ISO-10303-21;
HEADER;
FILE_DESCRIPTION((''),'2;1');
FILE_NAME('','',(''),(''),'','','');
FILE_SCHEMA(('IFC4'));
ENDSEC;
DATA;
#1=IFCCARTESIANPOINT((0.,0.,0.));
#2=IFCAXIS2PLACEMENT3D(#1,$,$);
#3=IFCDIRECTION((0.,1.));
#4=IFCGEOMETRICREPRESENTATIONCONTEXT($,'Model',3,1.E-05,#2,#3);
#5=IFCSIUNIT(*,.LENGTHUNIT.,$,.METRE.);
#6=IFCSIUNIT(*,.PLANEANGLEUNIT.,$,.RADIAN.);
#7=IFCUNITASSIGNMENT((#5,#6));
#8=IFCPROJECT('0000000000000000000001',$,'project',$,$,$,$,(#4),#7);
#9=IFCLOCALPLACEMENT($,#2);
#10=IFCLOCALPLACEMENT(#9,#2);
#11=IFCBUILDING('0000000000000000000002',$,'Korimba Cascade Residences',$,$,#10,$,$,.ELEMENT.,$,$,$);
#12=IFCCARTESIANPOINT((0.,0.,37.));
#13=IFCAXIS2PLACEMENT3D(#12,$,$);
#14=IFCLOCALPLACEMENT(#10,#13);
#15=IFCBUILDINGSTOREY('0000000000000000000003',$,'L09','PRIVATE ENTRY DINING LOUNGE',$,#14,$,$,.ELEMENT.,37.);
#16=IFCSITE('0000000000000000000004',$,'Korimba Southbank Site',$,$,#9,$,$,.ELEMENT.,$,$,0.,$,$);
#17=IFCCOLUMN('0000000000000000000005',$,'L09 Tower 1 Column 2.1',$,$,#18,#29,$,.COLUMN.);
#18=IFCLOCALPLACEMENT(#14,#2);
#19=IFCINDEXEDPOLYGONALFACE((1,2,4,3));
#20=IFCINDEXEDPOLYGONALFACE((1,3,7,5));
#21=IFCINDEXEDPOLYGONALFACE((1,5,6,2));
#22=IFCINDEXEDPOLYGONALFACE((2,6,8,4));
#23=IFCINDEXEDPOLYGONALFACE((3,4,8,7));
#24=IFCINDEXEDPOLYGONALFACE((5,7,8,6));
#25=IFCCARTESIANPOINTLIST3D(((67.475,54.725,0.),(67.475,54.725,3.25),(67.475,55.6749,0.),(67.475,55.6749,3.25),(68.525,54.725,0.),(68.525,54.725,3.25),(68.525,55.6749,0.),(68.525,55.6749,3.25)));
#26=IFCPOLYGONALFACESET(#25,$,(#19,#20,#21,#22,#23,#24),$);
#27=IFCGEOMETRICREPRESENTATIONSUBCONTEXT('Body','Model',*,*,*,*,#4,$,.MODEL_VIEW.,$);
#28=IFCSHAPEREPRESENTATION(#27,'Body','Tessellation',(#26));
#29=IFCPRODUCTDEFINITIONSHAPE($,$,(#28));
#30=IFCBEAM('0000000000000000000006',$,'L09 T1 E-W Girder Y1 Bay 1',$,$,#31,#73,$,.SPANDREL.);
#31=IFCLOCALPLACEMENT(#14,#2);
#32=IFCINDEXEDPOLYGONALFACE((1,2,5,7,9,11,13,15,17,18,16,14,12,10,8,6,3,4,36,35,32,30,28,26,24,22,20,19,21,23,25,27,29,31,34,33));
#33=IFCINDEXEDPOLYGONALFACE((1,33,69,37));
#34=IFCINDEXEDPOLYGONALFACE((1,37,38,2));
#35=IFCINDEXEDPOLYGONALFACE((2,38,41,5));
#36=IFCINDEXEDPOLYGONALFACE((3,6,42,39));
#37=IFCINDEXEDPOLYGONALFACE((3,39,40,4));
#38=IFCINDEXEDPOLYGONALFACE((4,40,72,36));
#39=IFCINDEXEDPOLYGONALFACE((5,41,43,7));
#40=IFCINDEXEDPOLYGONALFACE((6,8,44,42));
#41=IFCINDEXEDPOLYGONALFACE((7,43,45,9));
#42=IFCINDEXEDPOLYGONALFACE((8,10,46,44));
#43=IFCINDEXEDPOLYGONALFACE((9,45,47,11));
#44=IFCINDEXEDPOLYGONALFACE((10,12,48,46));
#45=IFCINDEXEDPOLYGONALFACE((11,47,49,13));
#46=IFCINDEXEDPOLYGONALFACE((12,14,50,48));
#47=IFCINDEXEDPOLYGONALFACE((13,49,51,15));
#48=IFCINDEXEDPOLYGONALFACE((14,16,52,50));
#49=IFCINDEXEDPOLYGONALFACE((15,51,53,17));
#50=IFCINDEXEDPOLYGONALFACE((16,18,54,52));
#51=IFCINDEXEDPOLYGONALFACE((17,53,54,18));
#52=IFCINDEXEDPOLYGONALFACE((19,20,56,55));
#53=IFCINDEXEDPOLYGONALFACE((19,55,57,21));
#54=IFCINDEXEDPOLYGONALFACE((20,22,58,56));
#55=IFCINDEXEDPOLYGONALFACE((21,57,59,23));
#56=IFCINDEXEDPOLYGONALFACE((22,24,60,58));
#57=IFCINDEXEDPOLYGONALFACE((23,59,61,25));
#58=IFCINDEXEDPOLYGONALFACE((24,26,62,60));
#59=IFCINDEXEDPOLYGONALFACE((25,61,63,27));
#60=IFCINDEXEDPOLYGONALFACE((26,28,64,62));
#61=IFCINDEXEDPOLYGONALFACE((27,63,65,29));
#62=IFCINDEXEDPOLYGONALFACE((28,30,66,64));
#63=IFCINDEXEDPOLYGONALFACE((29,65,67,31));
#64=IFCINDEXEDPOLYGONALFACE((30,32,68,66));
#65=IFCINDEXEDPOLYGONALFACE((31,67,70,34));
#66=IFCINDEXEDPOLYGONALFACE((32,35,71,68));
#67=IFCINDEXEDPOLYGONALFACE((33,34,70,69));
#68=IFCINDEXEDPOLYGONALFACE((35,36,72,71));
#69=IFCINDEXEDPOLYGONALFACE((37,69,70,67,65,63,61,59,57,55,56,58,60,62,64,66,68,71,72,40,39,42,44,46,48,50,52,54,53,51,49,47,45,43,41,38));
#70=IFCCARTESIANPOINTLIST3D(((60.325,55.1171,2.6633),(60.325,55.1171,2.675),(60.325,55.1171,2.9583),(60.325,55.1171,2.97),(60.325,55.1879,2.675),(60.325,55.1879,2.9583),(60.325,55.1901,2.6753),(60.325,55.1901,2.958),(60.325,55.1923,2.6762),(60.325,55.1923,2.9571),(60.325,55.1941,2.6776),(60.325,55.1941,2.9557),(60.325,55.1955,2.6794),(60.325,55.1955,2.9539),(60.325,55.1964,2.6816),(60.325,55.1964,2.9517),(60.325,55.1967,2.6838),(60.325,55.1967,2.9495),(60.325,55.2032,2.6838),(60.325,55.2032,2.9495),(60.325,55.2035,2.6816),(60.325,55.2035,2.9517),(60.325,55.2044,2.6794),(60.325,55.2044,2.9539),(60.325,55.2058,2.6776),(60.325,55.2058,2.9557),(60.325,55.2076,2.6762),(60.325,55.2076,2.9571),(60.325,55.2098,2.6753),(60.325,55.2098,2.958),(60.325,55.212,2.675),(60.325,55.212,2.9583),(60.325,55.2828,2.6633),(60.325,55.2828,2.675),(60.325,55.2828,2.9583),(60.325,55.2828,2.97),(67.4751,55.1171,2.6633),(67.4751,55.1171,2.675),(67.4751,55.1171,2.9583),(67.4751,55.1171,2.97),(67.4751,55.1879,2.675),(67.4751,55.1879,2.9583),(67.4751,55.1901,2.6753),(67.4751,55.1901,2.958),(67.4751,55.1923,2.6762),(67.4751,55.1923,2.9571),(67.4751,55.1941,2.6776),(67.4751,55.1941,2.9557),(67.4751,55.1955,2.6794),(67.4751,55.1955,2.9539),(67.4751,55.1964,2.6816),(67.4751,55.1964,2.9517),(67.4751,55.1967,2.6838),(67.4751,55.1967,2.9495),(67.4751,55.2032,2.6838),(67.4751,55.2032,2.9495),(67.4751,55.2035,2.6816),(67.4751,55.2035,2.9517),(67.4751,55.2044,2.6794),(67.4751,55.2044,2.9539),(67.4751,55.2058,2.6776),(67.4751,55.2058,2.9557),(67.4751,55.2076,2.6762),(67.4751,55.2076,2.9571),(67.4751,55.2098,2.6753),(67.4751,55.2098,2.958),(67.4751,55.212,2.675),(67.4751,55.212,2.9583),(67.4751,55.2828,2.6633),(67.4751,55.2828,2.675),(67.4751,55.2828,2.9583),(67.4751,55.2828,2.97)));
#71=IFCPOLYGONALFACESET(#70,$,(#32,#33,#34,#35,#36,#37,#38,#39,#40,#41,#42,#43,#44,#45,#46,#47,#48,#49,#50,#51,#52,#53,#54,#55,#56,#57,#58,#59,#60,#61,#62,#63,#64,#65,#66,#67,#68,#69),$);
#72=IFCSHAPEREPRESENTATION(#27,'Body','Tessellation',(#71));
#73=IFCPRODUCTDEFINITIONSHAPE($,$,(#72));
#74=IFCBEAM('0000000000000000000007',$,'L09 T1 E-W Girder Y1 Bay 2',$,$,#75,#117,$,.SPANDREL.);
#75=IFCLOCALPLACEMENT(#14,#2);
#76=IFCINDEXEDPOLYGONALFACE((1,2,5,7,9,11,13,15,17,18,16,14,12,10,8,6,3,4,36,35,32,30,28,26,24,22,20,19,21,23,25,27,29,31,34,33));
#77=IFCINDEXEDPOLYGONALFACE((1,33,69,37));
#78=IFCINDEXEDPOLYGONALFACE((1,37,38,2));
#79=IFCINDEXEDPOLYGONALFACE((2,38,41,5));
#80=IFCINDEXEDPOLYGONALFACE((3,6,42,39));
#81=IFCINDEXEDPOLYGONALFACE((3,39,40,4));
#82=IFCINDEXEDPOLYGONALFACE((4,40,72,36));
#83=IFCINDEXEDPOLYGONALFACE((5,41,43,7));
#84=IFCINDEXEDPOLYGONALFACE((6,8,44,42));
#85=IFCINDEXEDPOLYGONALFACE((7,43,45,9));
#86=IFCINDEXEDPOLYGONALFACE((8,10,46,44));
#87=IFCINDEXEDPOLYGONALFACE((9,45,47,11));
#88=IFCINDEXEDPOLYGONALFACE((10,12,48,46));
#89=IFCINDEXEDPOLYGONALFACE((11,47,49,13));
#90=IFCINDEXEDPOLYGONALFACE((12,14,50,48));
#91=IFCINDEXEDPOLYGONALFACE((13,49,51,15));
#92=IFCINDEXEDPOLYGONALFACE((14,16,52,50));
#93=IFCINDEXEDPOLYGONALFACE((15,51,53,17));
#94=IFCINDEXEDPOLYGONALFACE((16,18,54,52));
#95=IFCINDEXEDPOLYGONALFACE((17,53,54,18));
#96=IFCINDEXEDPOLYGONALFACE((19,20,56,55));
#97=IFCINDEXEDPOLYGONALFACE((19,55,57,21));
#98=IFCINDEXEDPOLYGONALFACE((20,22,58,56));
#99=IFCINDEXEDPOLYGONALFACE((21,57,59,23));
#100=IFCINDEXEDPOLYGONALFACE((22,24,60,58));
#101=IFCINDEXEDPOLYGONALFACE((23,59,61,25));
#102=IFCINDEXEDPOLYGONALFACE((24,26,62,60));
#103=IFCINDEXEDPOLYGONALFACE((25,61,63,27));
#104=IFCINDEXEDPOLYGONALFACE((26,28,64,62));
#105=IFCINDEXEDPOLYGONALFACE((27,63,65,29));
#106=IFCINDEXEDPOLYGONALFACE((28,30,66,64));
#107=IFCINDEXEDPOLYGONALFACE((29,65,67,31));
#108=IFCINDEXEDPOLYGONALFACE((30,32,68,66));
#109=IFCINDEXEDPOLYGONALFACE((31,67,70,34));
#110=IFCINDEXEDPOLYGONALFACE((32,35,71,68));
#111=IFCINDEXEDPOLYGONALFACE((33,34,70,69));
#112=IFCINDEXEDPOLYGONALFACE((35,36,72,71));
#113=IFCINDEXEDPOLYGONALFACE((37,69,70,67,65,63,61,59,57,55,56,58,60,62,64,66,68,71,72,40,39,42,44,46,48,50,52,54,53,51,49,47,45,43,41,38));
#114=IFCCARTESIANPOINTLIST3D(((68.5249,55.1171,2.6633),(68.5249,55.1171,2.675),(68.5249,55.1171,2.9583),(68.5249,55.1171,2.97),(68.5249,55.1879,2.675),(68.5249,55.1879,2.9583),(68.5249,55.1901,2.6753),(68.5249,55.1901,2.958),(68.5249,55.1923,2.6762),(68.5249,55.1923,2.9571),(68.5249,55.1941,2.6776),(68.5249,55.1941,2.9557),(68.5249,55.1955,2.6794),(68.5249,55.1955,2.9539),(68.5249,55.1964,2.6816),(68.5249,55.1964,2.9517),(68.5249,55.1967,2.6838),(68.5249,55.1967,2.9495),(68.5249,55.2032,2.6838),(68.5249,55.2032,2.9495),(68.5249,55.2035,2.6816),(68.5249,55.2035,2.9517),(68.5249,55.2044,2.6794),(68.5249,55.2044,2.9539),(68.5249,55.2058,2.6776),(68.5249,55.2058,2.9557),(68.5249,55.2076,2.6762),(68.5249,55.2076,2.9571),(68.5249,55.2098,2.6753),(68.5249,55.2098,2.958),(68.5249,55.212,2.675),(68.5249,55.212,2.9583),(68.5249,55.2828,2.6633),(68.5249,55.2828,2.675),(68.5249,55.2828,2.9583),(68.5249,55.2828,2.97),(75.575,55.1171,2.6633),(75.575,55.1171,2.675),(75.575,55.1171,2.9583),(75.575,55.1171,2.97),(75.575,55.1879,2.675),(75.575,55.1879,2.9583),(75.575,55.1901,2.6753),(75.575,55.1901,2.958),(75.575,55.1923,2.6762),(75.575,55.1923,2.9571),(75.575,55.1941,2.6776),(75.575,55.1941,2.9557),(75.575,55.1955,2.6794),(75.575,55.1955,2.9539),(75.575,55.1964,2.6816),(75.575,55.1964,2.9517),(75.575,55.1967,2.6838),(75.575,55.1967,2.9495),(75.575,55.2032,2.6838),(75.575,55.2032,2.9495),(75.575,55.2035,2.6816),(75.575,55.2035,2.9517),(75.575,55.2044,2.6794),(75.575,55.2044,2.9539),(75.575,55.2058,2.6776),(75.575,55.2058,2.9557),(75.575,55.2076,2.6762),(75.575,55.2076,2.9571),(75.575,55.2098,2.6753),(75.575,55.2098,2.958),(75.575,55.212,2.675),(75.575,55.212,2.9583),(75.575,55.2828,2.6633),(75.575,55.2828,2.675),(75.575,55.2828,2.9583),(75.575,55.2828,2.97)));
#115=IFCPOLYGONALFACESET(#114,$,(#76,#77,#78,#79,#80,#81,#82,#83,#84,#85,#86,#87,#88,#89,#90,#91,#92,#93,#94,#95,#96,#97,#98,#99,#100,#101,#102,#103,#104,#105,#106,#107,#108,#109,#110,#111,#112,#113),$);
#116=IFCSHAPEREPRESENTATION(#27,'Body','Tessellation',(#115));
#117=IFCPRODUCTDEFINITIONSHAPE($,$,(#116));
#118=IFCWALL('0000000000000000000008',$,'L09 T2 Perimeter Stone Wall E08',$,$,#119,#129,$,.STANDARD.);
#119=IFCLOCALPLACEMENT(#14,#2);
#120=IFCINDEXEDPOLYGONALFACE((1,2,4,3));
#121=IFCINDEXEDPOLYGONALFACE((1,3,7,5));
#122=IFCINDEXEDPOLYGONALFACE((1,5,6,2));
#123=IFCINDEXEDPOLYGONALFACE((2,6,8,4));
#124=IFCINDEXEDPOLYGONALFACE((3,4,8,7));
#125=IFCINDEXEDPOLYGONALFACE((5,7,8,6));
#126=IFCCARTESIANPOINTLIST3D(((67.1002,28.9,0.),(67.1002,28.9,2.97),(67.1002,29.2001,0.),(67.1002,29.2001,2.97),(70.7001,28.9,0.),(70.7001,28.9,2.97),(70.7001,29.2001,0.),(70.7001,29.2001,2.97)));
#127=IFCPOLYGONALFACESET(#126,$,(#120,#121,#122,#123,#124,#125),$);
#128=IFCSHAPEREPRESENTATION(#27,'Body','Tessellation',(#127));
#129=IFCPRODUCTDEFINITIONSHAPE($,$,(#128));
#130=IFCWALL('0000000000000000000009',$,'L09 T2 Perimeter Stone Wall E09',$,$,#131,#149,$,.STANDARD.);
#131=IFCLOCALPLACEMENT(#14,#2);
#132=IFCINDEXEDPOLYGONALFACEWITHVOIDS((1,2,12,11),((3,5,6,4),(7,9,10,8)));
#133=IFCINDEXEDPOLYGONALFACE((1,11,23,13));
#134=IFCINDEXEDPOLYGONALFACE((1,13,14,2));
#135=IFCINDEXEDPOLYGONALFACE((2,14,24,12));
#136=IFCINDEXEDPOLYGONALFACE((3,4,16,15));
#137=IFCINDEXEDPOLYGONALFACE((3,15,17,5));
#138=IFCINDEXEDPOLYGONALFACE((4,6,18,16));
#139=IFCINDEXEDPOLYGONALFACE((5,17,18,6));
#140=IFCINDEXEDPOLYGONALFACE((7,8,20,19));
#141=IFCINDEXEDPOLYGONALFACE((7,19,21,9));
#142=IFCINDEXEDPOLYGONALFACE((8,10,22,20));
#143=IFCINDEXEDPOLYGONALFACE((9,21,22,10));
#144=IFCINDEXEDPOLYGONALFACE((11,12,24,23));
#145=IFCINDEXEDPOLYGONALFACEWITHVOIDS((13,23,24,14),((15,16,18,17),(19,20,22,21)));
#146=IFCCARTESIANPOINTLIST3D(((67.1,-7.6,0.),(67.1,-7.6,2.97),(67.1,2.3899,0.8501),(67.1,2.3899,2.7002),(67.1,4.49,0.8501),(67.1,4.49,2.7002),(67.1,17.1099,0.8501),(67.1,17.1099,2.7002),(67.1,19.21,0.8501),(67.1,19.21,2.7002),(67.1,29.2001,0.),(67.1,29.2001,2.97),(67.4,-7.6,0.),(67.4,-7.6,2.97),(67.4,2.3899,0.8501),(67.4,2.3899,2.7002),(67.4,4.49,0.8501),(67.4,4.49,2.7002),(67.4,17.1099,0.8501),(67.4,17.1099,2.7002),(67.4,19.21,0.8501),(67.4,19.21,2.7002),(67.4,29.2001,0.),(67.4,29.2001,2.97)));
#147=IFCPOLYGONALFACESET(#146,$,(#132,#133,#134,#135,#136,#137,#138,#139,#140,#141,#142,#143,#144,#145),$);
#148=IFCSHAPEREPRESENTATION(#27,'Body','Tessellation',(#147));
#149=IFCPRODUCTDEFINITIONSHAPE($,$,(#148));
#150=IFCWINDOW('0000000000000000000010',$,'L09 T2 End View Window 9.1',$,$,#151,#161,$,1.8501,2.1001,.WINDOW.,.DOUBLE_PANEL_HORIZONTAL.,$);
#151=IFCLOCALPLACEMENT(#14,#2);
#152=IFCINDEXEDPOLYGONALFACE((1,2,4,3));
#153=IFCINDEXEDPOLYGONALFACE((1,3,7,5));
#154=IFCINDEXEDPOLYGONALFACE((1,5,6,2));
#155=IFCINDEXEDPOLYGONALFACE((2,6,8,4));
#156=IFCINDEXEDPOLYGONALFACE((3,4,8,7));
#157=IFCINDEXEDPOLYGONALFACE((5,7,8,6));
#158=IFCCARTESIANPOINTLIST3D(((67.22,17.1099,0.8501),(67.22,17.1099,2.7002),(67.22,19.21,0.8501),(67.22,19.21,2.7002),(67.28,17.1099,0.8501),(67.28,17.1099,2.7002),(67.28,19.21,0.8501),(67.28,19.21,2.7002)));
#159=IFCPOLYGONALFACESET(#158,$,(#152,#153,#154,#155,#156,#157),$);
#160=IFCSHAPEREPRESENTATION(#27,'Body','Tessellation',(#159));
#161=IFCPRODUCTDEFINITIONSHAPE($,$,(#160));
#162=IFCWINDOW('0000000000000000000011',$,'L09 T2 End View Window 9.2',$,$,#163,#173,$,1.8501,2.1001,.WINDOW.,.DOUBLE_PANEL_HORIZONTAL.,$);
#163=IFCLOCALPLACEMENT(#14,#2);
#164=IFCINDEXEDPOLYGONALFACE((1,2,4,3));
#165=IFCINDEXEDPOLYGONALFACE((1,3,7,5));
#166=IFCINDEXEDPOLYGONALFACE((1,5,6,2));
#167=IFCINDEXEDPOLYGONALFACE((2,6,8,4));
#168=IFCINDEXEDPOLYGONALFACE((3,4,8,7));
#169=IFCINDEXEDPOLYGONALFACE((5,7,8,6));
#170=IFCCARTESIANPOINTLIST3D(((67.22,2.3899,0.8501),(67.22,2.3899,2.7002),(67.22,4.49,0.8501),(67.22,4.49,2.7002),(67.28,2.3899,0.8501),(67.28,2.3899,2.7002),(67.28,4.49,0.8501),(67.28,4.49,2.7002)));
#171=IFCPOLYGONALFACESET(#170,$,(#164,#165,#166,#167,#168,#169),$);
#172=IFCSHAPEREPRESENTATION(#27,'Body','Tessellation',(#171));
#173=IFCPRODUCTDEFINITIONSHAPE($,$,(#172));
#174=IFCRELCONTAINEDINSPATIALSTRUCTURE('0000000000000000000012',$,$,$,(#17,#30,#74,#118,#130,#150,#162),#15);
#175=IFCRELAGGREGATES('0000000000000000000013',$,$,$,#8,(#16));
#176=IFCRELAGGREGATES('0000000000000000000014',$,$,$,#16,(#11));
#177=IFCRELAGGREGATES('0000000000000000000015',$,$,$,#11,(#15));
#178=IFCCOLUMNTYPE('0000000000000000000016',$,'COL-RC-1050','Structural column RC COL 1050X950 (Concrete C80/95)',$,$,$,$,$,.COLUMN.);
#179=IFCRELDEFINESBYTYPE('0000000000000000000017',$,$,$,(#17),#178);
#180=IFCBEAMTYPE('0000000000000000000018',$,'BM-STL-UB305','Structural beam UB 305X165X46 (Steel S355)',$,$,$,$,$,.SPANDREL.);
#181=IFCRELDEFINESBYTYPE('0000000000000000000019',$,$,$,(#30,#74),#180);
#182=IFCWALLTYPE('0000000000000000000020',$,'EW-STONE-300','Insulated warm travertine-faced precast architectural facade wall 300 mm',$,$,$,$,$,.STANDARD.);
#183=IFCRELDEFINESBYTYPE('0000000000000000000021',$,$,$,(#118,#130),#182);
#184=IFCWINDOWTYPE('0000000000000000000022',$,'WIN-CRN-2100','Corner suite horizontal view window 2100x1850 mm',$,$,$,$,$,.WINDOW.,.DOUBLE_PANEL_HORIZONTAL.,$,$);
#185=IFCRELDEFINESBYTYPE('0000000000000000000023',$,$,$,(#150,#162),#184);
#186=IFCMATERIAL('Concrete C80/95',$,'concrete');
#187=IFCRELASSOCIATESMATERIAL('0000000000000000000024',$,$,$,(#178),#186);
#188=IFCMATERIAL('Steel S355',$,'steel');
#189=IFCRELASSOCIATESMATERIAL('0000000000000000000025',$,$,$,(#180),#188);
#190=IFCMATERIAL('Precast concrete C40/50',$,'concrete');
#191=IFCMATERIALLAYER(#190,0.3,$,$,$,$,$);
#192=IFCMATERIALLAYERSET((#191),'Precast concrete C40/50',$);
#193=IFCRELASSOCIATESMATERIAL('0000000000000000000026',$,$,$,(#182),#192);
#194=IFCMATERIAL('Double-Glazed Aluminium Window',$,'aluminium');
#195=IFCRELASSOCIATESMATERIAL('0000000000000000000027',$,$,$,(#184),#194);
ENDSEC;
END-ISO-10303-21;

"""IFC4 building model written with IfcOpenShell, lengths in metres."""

from ifc_helpers import new_model, si_unit, direction, frame, frame_2d, origin, origin_2d, place, context, subcontext, project, spatial, rectangle, i_section, extrude, material, layer, layer_set, material_profile, profile_set, type_object, element, fill, save


model = new_model("IFC4")

# Units and contexts
model_context = context("Model", 3, precision=1e-05, world=origin(), true_north=direction((0.0, 1.0)))
body_context = subcontext(model_context, "Body", "Model", "MODEL_VIEW")
ifc_project = project(units=[si_unit("LENGTHUNIT", "METRE"), si_unit("PLANEANGLEUNIT", "RADIAN")], contexts=[model_context])

# Site, building, storey
site_placement = place(None, origin())
site = spatial("IfcSite", under=ifc_project, at=site_placement, Name="Korimba Southbank Site", CompositionType="ELEMENT", RefElevation=0.0)
building_placement = place(site_placement, origin())
building = spatial("IfcBuilding", under=site, at=building_placement, Name="Korimba Cascade Residences", CompositionType="ELEMENT")
storey_placement = place(building_placement, frame((0.0, 0.0, 37.0)))
storey = spatial("IfcBuildingStorey", under=building, at=storey_placement, Name="L09", Description="PRIVATE ENTRY DINING LOUNGE", CompositionType="ELEMENT", Elevation=37.0)

# Column
ifc_material_1 = material(Name="Concrete C80/95", Category="concrete")
ifc_material_profile_1 = material_profile(ifc_material_1, rectangle(XDim=1.05, YDim=0.95, at=origin_2d()), Name="Concrete C80/95")
ifc_profile_set_1 = profile_set([ifc_material_profile_1], Name="Concrete C80/95")
column_type = type_object("IfcColumnType", Name="COL-RC-1050", Description="Structural column RC COL 1050X950 (Concrete C80/95)", PredefinedType="COLUMN", material=ifc_profile_set_1)
column_placement = place(storey_placement, frame((68.0, 55.2, 0.0), z_axis=(0.0, 0.0, 1.0), x_axis=(1.0, 0.0, 0.0)))
element("IfcColumn", 1, at=column_placement, inside=storey, type_object=column_type, Name="L09 Tower 1 Column 2.1", PredefinedType="COLUMN", context=body_context, shape_type="SweptSolid", body=[
    extrude(rectangle(XDim=1.05, YDim=0.95, at=origin_2d()), origin(), (0.0, 0.0, 1.0), 3.25),
])

# Beams
ifc_material_2 = material(Name="Steel S355", Category="steel")
ifc_material_profile_2 = material_profile(ifc_material_2, i_section(OverallWidth=0.1658, OverallDepth=0.3066, WebThickness=0.0066, FlangeThickness=0.0117, FilletRadius=0.0088, at=origin_2d()), Name="Steel S355")
ifc_profile_set_2 = profile_set([ifc_material_profile_2], Name="Steel S355")
beam_type = type_object("IfcBeamType", Name="BM-STL-UB305", Description="Structural beam UB 305X165X46 (Steel S355)", PredefinedType="SPANDREL", material=ifc_profile_set_2)
beam_1_placement = place(storey_placement, frame((60.325, 55.2, 2.8167), z_axis=(1.0, 0.0, 0.0), x_axis=(0.0, 1.0, 0.0)))
element("IfcBeam", 2, at=beam_1_placement, inside=storey, type_object=beam_type, Name="L09 T1 E-W Girder Y1 Bay 1", PredefinedType="SPANDREL", context=body_context, shape_type="SweptSolid", body=[
    extrude(i_section(OverallWidth=0.1658, OverallDepth=0.3066, WebThickness=0.0066, FlangeThickness=0.0117, FilletRadius=0.0088, at=origin_2d()), origin(), (0.0, 0.0, 1.0), 7.1501),
])
beam_2_placement = place(storey_placement, frame((68.5249, 55.2, 2.8167), z_axis=(1.0, 0.0, 0.0), x_axis=(0.0, 1.0, 0.0)))
element("IfcBeam", 3, at=beam_2_placement, inside=storey, type_object=beam_type, Name="L09 T1 E-W Girder Y1 Bay 2", PredefinedType="SPANDREL", context=body_context, shape_type="SweptSolid", body=[
    extrude(i_section(OverallWidth=0.1658, OverallDepth=0.3066, WebThickness=0.0066, FlangeThickness=0.0117, FilletRadius=0.0088, at=origin_2d()), origin(), (0.0, 0.0, 1.0), 7.05),
])

# Wall
ifc_material_3 = material(Name="Precast concrete C40/50", Category="concrete")
ifc_layer_1 = layer(ifc_material_3, 0.3)
ifc_layer_set_1 = layer_set([ifc_layer_1], Name="Precast concrete C40/50")
wall_type_1 = type_object("IfcWallType", Name="EW-STONE-300", Description="Insulated warm travertine-faced precast architectural facade wall 300 mm", PredefinedType="STANDARD", material=ifc_layer_set_1)
wall_1_placement = place(storey_placement, frame((70.7, 29.05, 0.0), z_axis=(0.0, 0.0, 1.0), x_axis=(-1.0, 0.0, 0.0)))
element("IfcWall", 4, at=wall_1_placement, inside=storey, type_object=wall_type_1, Name="L09 T2 Perimeter Stone Wall E08", PredefinedType="STANDARD", context=body_context, shape_type="SweptSolid", body=[
    extrude(rectangle(XDim=3.5999, YDim=0.3, at=frame_2d((1.7998, 0.0))), origin(), (0.0, 0.0, 1.0), 2.97),
])

# Wall, openings, windows
wall_2_placement = place(storey_placement, frame((67.25, 29.2, 0.0), z_axis=(0.0, 0.0, 1.0), x_axis=(0.0, -1.0, 0.0)))
wall_2 = element("IfcWall", 5, at=wall_2_placement, inside=storey, type_object=wall_type_1, Name="L09 T2 Perimeter Stone Wall E09", PredefinedType="STANDARD", context=body_context, shape_type="SweptSolid", body=[
    extrude(rectangle(XDim=36.8, YDim=0.3, at=frame_2d((18.3999, 0.0))), origin(), (0.0, 0.0, 1.0), 2.97),
])
opening_1_placement = place(wall_2_placement, frame((9.99, 0.0, 0.8501)))
opening_1 = element("IfcOpeningElement", 6, at=opening_1_placement, cuts=wall_2, PredefinedType="OPENING", context=body_context, shape_type="SweptSolid", body=[
    extrude(rectangle(XDim=2.1001, YDim=1.8501, at=frame_2d((1.05, 0.925))), frame((0.0, 0.1602, 0.0), z_axis=(0.0, -1.0, 0.0), x_axis=(1.0, 0.0, 0.0)), (0.0, 0.0, 1.0), 0.3201),
])
opening_2_placement = place(wall_2_placement, frame((24.71, 0.0, 0.8501)))
opening_2 = element("IfcOpeningElement", 7, at=opening_2_placement, cuts=wall_2, PredefinedType="OPENING", context=body_context, shape_type="SweptSolid", body=[
    extrude(rectangle(XDim=2.1001, YDim=1.8501, at=frame_2d((1.05, 0.925))), frame((0.0, 0.1602, 0.0), z_axis=(0.0, -1.0, 0.0), x_axis=(1.0, 0.0, 0.0)), (0.0, 0.0, 1.0), 0.3201),
])
ifc_material_4 = material(Name="Double-Glazed Aluminium Window", Category="aluminium")
window_type = type_object("IfcWindowType", Name="WIN-CRN-2100", Description="Corner suite horizontal view window 2100x1850 mm", PartitioningType="DOUBLE_PANEL_HORIZONTAL", PredefinedType="WINDOW", material=ifc_material_4)
window_1_placement = place(opening_1_placement, origin())
window_1 = element("IfcWindow", 8, at=window_1_placement, inside=storey, type_object=window_type, Name="L09 T2 End View Window 9.1", OverallHeight=1.8501, OverallWidth=2.1001, PartitioningType="DOUBLE_PANEL_HORIZONTAL", PredefinedType="WINDOW", context=body_context, shape_type="SweptSolid", body=[
    extrude(rectangle(XDim=2.1001, YDim=1.8501, at=frame_2d((1.05, 0.925))), frame((0.0, 0.03, 0.0), z_axis=(0.0, -1.0, 0.0), x_axis=(1.0, 0.0, 0.0)), (0.0, 0.0, 1.0), 0.0601),
])
fill(opening_1, window_1)
window_2_placement = place(opening_2_placement, origin())
window_2 = element("IfcWindow", 9, at=window_2_placement, inside=storey, type_object=window_type, Name="L09 T2 End View Window 9.2", OverallHeight=1.8501, OverallWidth=2.1001, PartitioningType="DOUBLE_PANEL_HORIZONTAL", PredefinedType="WINDOW", context=body_context, shape_type="SweptSolid", body=[
    extrude(rectangle(XDim=2.1001, YDim=1.8501, at=frame_2d((1.05, 0.925))), frame((0.0, 0.03, 0.0), z_axis=(0.0, -1.0, 0.0), x_axis=(1.0, 0.0, 0.0)), (0.0, 0.0, 1.0), 0.0601),
])
fill(opening_2, window_2)

save(model, "model.ifc")
